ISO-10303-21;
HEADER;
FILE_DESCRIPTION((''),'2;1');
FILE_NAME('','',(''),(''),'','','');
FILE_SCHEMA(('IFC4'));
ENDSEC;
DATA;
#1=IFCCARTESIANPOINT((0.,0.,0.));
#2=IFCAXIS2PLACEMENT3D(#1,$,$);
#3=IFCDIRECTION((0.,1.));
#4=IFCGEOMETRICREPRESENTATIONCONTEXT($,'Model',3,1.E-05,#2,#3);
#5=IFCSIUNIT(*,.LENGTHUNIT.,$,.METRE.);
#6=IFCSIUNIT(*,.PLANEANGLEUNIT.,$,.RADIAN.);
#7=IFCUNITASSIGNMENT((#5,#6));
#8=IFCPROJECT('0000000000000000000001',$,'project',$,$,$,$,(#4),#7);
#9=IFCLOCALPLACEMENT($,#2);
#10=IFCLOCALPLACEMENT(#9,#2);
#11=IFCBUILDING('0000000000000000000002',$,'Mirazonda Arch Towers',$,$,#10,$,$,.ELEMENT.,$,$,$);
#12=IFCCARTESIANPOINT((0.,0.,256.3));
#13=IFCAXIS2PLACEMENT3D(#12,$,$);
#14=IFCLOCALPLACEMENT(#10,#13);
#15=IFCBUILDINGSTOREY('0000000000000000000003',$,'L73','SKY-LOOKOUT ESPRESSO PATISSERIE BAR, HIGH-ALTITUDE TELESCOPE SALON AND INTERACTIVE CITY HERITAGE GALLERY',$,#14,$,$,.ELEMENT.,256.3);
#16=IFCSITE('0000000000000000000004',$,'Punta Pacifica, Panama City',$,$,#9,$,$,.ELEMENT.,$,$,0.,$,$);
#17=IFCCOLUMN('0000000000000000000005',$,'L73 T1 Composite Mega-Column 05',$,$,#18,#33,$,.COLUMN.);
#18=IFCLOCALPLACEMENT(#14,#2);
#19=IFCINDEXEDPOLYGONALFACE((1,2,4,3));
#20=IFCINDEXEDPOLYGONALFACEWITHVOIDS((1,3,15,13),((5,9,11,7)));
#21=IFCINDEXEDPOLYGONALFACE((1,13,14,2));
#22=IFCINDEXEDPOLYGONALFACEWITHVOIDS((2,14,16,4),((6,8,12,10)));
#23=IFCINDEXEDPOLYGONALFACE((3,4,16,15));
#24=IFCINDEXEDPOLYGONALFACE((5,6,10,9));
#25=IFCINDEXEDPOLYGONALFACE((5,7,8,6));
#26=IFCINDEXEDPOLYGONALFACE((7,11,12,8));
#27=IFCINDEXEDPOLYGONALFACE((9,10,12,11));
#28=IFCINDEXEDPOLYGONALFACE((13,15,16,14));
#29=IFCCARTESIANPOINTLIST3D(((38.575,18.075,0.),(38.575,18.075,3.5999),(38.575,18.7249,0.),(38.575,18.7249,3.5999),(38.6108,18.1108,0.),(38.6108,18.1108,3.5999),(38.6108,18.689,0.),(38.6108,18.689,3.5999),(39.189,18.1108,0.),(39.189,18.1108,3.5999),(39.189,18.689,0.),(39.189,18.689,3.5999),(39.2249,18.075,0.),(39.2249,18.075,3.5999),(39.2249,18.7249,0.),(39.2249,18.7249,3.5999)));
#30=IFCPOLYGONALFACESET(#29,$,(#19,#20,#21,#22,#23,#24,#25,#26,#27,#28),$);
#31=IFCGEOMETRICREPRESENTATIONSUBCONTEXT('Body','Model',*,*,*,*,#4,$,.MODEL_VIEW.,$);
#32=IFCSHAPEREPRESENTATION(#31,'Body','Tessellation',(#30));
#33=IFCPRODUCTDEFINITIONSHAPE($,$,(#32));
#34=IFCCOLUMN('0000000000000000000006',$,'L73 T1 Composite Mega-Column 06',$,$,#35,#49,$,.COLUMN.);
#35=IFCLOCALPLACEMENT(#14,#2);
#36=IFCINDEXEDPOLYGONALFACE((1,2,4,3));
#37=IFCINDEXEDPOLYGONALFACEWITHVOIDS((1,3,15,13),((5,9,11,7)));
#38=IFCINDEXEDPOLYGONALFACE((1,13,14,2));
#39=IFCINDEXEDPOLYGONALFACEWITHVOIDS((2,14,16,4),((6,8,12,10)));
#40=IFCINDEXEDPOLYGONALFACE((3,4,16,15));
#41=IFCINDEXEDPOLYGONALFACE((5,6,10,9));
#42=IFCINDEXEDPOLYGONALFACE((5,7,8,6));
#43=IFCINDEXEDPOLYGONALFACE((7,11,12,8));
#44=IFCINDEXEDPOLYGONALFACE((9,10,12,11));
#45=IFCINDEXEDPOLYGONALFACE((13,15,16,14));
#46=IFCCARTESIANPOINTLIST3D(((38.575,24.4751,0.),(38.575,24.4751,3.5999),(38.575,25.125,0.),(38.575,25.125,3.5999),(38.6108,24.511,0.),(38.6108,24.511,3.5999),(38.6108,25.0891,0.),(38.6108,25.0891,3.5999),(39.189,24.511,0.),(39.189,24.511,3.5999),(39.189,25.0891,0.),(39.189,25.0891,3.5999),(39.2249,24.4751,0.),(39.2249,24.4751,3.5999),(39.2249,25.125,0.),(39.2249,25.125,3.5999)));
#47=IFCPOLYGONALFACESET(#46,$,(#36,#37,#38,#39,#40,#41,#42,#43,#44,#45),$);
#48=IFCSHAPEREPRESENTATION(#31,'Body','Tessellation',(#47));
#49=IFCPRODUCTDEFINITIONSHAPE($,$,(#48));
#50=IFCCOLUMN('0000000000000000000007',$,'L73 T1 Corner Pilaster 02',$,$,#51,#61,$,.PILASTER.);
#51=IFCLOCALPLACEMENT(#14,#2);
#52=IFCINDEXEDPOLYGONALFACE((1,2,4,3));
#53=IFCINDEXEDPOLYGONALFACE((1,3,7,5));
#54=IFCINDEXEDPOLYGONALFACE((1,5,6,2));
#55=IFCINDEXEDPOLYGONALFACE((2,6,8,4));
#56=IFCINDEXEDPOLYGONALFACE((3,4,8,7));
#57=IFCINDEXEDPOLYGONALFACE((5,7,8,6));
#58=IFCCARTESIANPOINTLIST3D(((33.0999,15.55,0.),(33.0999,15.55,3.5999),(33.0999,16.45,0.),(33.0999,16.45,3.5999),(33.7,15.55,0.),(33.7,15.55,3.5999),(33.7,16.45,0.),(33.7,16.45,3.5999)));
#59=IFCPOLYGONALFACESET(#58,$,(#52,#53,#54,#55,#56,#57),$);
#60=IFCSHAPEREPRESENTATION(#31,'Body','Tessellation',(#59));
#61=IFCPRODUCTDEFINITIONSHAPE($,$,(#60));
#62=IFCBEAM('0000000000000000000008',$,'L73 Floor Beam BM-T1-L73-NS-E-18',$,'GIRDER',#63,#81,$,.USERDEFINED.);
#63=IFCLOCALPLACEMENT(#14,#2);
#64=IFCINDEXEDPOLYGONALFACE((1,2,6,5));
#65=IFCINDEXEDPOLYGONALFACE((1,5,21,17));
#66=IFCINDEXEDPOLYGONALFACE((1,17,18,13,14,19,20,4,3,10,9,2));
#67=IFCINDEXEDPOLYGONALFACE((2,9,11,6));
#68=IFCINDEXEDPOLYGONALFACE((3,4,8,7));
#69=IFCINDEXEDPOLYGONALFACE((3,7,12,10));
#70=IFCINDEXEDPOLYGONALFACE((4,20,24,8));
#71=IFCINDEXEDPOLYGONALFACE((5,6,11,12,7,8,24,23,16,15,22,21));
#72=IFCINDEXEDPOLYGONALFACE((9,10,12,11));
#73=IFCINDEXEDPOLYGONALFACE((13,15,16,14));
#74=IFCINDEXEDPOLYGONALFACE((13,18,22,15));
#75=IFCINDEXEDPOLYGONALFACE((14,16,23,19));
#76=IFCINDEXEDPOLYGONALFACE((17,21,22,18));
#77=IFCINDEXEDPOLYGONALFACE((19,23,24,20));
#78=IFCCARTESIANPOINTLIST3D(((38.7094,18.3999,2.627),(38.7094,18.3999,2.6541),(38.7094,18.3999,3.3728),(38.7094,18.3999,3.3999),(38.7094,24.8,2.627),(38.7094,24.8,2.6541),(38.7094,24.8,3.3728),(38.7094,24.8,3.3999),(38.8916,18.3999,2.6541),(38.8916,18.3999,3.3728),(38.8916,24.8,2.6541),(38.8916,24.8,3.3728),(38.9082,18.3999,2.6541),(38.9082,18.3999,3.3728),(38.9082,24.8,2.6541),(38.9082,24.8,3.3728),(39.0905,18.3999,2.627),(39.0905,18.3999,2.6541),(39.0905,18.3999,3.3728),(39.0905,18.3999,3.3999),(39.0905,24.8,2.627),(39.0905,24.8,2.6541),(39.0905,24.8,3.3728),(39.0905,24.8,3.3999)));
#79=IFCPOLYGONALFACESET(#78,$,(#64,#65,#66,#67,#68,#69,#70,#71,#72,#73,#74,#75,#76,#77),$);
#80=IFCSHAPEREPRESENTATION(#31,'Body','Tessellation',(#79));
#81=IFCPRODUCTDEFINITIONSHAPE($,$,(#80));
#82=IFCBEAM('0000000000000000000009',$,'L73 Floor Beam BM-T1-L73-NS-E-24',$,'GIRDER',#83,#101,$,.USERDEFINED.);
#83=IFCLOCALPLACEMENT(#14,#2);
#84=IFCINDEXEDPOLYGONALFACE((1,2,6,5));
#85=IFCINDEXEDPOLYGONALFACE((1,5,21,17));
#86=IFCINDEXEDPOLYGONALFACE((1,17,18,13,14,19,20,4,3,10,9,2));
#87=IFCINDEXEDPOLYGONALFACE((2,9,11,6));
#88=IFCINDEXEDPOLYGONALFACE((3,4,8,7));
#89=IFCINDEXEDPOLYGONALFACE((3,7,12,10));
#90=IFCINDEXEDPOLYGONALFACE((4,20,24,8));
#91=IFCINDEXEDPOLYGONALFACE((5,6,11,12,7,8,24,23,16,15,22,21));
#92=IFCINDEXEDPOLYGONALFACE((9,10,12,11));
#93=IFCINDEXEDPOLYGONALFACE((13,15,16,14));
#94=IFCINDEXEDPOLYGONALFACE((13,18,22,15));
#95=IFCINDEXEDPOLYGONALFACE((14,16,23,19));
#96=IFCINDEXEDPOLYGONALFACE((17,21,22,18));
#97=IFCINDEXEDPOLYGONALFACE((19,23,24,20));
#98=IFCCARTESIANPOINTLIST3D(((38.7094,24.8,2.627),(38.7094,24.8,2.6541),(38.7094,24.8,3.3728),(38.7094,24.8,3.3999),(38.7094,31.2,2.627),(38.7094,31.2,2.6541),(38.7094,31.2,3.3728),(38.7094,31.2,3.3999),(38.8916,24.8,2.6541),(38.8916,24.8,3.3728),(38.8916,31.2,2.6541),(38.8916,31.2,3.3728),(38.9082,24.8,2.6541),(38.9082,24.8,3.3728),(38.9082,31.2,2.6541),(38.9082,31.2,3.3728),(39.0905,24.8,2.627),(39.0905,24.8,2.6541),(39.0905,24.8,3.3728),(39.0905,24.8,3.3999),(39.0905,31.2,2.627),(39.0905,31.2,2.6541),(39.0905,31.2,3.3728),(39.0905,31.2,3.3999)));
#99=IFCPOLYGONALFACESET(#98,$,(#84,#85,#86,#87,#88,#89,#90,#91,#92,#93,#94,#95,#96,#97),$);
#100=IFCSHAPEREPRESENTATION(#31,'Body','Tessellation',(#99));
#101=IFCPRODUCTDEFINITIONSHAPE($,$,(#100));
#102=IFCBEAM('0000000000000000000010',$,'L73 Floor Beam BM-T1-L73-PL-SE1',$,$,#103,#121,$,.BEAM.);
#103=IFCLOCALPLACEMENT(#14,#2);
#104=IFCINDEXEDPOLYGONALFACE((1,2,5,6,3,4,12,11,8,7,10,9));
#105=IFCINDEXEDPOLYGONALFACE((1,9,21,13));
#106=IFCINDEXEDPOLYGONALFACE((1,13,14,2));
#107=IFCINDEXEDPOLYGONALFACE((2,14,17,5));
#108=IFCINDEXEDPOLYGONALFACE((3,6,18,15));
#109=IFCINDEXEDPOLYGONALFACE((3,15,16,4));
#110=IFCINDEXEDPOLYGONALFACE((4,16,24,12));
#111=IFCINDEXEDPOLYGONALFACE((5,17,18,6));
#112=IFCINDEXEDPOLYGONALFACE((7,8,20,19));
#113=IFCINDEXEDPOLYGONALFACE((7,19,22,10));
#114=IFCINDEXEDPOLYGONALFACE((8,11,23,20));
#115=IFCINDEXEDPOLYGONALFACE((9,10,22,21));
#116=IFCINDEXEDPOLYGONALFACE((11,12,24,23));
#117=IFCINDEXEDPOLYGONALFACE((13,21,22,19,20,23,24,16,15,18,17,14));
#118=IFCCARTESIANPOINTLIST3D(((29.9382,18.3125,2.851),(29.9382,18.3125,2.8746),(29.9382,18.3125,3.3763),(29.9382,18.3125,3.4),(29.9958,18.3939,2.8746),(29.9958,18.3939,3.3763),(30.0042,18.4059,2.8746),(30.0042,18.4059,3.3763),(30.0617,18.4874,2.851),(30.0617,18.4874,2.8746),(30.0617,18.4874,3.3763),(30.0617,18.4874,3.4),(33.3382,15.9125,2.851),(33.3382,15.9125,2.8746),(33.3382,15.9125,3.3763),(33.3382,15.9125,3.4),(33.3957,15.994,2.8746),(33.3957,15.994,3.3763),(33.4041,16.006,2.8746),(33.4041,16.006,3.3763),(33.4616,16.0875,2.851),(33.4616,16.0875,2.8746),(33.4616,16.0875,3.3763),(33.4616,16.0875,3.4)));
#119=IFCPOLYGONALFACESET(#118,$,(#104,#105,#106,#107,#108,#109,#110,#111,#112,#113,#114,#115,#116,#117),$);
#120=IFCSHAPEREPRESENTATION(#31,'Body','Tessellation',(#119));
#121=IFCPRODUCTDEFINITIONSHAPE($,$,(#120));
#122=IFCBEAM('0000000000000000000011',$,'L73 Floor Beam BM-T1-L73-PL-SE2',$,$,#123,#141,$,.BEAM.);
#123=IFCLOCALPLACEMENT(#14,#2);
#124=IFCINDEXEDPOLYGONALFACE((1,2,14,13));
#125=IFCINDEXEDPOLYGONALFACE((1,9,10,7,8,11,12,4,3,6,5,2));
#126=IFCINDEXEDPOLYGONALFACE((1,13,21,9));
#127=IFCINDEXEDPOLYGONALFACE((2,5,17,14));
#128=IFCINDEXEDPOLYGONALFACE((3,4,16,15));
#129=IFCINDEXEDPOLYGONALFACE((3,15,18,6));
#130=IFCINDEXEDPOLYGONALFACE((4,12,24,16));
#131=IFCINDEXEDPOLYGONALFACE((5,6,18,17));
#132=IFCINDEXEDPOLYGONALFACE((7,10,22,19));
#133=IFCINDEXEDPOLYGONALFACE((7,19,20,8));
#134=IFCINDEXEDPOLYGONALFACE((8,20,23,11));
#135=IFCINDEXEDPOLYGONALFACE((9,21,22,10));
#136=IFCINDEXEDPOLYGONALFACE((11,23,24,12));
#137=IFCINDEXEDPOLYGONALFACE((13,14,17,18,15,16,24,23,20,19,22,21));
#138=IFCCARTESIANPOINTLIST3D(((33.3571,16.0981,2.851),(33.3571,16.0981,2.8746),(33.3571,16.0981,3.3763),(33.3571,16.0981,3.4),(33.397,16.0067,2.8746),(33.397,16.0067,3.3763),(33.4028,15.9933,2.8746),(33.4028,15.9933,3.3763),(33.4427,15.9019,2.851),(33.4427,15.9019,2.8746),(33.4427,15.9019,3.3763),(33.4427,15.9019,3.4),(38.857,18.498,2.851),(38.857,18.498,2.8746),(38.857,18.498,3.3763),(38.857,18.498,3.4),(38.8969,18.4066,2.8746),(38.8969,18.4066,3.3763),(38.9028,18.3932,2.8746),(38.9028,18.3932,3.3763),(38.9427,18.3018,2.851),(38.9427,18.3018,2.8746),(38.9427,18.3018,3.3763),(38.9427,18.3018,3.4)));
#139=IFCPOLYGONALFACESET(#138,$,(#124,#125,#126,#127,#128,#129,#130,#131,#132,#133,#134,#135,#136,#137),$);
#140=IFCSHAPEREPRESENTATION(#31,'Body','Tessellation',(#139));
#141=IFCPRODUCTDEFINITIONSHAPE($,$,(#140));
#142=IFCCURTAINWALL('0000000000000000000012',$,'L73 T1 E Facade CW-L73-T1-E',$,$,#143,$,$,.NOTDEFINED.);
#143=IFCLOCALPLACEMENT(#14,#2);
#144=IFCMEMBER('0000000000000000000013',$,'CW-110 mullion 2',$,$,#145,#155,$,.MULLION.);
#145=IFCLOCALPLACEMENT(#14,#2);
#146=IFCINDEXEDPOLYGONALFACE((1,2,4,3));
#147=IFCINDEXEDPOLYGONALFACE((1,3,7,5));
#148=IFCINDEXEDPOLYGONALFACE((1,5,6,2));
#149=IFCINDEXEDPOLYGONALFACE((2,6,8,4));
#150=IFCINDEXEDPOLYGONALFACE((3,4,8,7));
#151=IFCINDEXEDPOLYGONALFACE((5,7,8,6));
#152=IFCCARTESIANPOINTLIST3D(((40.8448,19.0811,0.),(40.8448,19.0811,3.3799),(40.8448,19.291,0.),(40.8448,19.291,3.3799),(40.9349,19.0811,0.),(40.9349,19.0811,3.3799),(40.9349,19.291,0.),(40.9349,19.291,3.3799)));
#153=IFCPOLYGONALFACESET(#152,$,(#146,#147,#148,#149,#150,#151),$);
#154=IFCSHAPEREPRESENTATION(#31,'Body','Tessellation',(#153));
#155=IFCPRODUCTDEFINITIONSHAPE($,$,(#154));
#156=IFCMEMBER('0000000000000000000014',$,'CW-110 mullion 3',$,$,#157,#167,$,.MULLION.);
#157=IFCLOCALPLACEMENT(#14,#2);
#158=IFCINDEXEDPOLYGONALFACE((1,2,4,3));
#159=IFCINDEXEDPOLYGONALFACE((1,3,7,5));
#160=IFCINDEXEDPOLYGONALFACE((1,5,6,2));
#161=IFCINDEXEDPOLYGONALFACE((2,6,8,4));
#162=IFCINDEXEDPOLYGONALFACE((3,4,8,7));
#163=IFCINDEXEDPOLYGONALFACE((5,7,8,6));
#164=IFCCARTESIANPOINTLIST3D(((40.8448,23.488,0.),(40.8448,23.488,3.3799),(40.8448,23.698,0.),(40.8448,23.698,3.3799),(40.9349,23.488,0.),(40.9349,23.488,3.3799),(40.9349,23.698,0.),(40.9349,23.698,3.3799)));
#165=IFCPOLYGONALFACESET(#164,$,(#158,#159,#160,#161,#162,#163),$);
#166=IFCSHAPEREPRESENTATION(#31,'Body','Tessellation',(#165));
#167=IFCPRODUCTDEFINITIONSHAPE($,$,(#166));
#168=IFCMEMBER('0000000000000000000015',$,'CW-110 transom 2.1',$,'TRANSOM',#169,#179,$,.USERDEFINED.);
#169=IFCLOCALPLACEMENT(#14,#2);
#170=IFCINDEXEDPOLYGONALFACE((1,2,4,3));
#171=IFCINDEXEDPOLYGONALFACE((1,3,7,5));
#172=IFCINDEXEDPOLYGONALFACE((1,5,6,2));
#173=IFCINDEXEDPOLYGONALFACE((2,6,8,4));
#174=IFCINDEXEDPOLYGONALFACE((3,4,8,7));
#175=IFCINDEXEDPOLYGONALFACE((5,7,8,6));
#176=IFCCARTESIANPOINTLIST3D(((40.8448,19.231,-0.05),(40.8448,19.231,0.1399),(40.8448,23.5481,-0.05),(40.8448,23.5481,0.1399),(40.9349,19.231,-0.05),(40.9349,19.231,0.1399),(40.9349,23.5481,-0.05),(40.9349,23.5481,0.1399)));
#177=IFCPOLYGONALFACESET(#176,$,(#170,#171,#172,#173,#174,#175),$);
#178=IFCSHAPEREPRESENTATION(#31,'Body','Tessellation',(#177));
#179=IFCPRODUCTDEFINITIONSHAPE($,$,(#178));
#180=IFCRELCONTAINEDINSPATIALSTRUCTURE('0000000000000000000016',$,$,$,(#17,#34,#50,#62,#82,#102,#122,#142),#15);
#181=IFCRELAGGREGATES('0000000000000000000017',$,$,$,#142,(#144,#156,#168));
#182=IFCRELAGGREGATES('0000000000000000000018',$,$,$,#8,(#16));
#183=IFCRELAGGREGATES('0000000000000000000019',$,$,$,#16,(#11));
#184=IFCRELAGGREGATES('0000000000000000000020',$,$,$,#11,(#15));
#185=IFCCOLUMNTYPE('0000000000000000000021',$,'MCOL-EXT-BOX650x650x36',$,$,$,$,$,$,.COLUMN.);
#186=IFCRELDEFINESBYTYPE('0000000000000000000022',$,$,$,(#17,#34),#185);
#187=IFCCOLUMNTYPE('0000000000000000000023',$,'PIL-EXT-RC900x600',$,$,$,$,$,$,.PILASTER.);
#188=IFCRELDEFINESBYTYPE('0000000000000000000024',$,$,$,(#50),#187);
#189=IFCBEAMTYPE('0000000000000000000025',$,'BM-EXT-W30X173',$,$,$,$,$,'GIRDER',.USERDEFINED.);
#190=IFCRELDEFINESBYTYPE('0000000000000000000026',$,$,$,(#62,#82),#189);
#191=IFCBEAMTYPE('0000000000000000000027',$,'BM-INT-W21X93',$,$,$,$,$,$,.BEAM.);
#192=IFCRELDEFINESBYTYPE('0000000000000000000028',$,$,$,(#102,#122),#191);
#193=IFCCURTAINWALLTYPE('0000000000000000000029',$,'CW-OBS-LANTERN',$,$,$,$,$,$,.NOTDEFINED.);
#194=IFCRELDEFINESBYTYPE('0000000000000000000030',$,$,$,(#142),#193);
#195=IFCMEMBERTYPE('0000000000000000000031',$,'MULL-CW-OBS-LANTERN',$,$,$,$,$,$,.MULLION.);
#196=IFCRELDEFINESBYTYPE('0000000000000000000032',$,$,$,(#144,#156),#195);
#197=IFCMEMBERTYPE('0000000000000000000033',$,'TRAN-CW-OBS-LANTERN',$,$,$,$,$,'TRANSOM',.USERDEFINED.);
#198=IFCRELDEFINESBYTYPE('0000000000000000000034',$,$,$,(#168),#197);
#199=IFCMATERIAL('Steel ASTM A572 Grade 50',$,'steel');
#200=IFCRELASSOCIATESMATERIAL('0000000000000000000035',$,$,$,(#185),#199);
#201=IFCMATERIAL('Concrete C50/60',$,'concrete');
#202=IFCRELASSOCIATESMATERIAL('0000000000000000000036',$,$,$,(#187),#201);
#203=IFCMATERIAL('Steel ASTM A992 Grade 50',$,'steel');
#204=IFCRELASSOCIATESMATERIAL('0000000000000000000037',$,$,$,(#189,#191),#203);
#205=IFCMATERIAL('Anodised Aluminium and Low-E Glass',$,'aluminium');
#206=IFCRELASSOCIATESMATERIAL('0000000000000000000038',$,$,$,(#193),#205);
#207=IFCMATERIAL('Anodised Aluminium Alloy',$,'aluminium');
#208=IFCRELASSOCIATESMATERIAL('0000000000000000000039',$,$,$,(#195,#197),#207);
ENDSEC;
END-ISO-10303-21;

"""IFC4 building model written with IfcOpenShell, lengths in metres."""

from ifc_helpers import new_model, si_unit, direction, frame, origin, origin_2d, place, context, subcontext, project, spatial, rectangle, hollow_rectangle, i_section, extrude, material, material_profile, profile_set, type_object, element, aggregate, save


model = new_model("IFC4")

# Units and contexts
model_context = context("Model", 3, precision=1e-05, world=origin(), true_north=direction((0.0, 1.0)))
body_context = subcontext(model_context, "Body", "Model", "MODEL_VIEW")
ifc_project = project(units=[si_unit("LENGTHUNIT", "METRE"), si_unit("PLANEANGLEUNIT", "RADIAN")], contexts=[model_context])

# Site, building, storey
site_placement = place(None, origin())
site = spatial("IfcSite", under=ifc_project, at=site_placement, Name="Punta Pacifica, Panama City", CompositionType="ELEMENT", RefElevation=0.0)
building_placement = place(site_placement, origin())
building = spatial("IfcBuilding", under=site, at=building_placement, Name="Mirazonda Arch Towers", CompositionType="ELEMENT")
storey_placement = place(building_placement, frame((0.0, 0.0, 256.3)))
storey = spatial("IfcBuildingStorey", under=building, at=storey_placement, Name="L73", Description="SKY-LOOKOUT ESPRESSO PATISSERIE BAR, HIGH-ALTITUDE TELESCOPE SALON AND INTERACTIVE CITY HERITAGE GALLERY", CompositionType="ELEMENT", Elevation=256.3)

# Columns
ifc_material_1 = material(Name="Steel ASTM A572 Grade 50", Category="steel")
ifc_material_profile_1 = material_profile(ifc_material_1, hollow_rectangle(XDim=0.6499, YDim=0.6499, WallThickness=0.0359, at=origin_2d()), Name="BOX650x650x36")
ifc_profile_set_1 = profile_set([ifc_material_profile_1], Name="Steel ASTM A572 Grade 50")
column_type_1 = type_object("IfcColumnType", Name="MCOL-EXT-BOX650x650x36", PredefinedType="COLUMN", material=ifc_profile_set_1)
for number, where, z_axis, x_axis, name in (
    (1, (38.8999, 18.3999, 0.0), (0.0, 0.0, 1.0), (1.0, 0.0, 0.0), "L73 T1 Composite Mega-Column 05"),
    (2, (38.8999, 24.8, 0.0), (0.0, 0.0, 1.0), (1.0, 0.0, 0.0), "L73 T1 Composite Mega-Column 06"),
):
    element("IfcColumn", number, at=place(storey_placement, frame(where, z_axis=z_axis, x_axis=x_axis)), inside=storey, type_object=column_type_1, Name=name, PredefinedType="COLUMN", context=body_context, shape_type="SweptSolid", body=[
        extrude(hollow_rectangle(XDim=0.6499, YDim=0.6499, WallThickness=0.0359, at=origin_2d()), origin(), (0.0, 0.0, 1.0), 3.5999),
    ])
ifc_material_2 = material(Name="Concrete C50/60", Category="concrete")
ifc_material_profile_2 = material_profile(ifc_material_2, rectangle(XDim=0.6001, YDim=0.8999, at=origin_2d()), Name="RC900x600")
ifc_profile_set_2 = profile_set([ifc_material_profile_2], Name="Concrete C50/60")
column_type_2 = type_object("IfcColumnType", Name="PIL-EXT-RC900x600", PredefinedType="PILASTER", material=ifc_profile_set_2)
column_placement = place(storey_placement, frame((33.3999, 16.0, 0.0), z_axis=(0.0, 0.0, 1.0), x_axis=(1.0, 0.0, 0.0)))
element("IfcColumn", 3, at=column_placement, inside=storey, type_object=column_type_2, Name="L73 T1 Corner Pilaster 02", PredefinedType="PILASTER", context=body_context, shape_type="SweptSolid", body=[
    extrude(rectangle(XDim=0.6001, YDim=0.8999, at=origin_2d()), origin(), (0.0, 0.0, 1.0), 3.5999),
])

# Beams
ifc_material_3 = material(Name="Steel ASTM A992 Grade 50", Category="steel")
ifc_material_profile_3 = material_profile(ifc_material_3, i_section(OverallWidth=0.3811, OverallDepth=0.7729, WebThickness=0.0166, FlangeThickness=0.0271, at=origin_2d()), Name="W30X173")
ifc_profile_set_3 = profile_set([ifc_material_profile_3], Name="Steel ASTM A992 Grade 50")
beam_type_1 = type_object("IfcBeamType", Name="BM-EXT-W30X173", ElementType="GIRDER", PredefinedType="USERDEFINED", material=ifc_profile_set_3)
beam_1_placement = place(storey_placement, frame((38.8999, 18.3999, 3.0134), z_axis=(0.0, 1.0, 0.0), x_axis=(-1.0, 0.0, 0.0)))
element("IfcBeam", 4, at=beam_1_placement, inside=storey, type_object=beam_type_1, Name="L73 Floor Beam BM-T1-L73-NS-E-18", ObjectType="GIRDER", PredefinedType="USERDEFINED", context=body_context, shape_type="SweptSolid", body=[
    extrude(i_section(OverallWidth=0.3811, OverallDepth=0.7729, WebThickness=0.0166, FlangeThickness=0.0271, at=origin_2d()), origin(), (0.0, 0.0, 1.0), 6.4001),
])
beam_2_placement = place(storey_placement, frame((38.8999, 24.8, 3.0134), z_axis=(0.0, 1.0, 0.0), x_axis=(-1.0, 0.0, 0.0)))
element("IfcBeam", 5, at=beam_2_placement, inside=storey, type_object=beam_type_1, Name="L73 Floor Beam BM-T1-L73-NS-E-24", ObjectType="GIRDER", PredefinedType="USERDEFINED", context=body_context, shape_type="SweptSolid", body=[
    extrude(i_section(OverallWidth=0.3811, OverallDepth=0.7729, WebThickness=0.0166, FlangeThickness=0.0271, at=origin_2d()), origin(), (0.0, 0.0, 1.0), 6.3999),
])
ifc_material_profile_4 = material_profile(ifc_material_3, i_section(OverallWidth=0.2141, OverallDepth=0.5491, WebThickness=0.0146, FlangeThickness=0.0237, at=origin_2d()), Name="W21X93")
ifc_profile_set_4 = profile_set([ifc_material_profile_4], Name="Steel ASTM A992 Grade 50")
beam_type_2 = type_object("IfcBeamType", Name="BM-INT-W21X93", PredefinedType="BEAM", material=ifc_profile_set_4)
beam_3_placement = place(storey_placement, frame((33.3999, 16.0, 3.1255), z_axis=(-0.816971, 0.576679, 0.0), x_axis=(-0.576679, -0.816971, 0.0)))
element("IfcBeam", 6, at=beam_3_placement, inside=storey, type_object=beam_type_2, Name="L73 Floor Beam BM-T1-L73-PL-SE1", PredefinedType="BEAM", context=body_context, shape_type="SweptSolid", body=[
    extrude(i_section(OverallWidth=0.2141, OverallDepth=0.5491, WebThickness=0.0146, FlangeThickness=0.0237, at=origin_2d()), origin(), (0.0, 0.0, 1.0), 4.1616),
])
beam_4_placement = place(storey_placement, frame((33.3999, 16.0, 3.1255), z_axis=(0.916545, 0.399931, 0.0), x_axis=(-0.399931, 0.916545, 0.0)))
element("IfcBeam", 7, at=beam_4_placement, inside=storey, type_object=beam_type_2, Name="L73 Floor Beam BM-T1-L73-PL-SE2", PredefinedType="BEAM", context=body_context, shape_type="SweptSolid", body=[
    extrude(i_section(OverallWidth=0.2141, OverallDepth=0.5491, WebThickness=0.0146, FlangeThickness=0.0237, at=origin_2d()), origin(), (0.0, 0.0, 1.0), 6.0007),
])

# Curtain wall, members
ifc_material_4 = material(Name="Anodised Aluminium and Low-E Glass", Category="aluminium")
curtain_wall_type = type_object("IfcCurtainWallType", Name="CW-OBS-LANTERN", PredefinedType="NOTDEFINED", material=ifc_material_4)
curtain_wall_placement = place(storey_placement, origin())
curtain_wall = element("IfcCurtainWall", 8, at=curtain_wall_placement, inside=storey, type_object=curtain_wall_type, Name="L73 T1 E Facade CW-L73-T1-E", PredefinedType="NOTDEFINED")
ifc_material_5 = material(Name="Anodised Aluminium Alloy", Category="aluminium")
ifc_material_profile_5 = material_profile(ifc_material_5, rectangle(XDim=0.0901, YDim=0.21, at=origin_2d()), Name="ALU-MULL-90x210")
ifc_profile_set_5 = profile_set([ifc_material_profile_5], Name="Anodised Aluminium Alloy")
member_type_1 = type_object("IfcMemberType", Name="MULL-CW-OBS-LANTERN", PredefinedType="MULLION", material=ifc_profile_set_5)
member_1_placement = place(storey_placement, frame((40.8899, 19.186, 0.0), z_axis=(0.0, 0.0, 1.0), x_axis=(-1.0, 0.0, 0.0)))
member_1 = element("IfcMember", 9, at=member_1_placement, type_object=member_type_1, Name="CW-110 mullion 2", PredefinedType="MULLION", context=body_context, shape_type="SweptSolid", body=[
    extrude(rectangle(XDim=0.0901, YDim=0.21, at=origin_2d()), origin(), (0.0, 0.0, 1.0), 3.3799),
])
member_2_placement = place(storey_placement, frame((40.8899, 23.593, 0.0), z_axis=(0.0, 0.0, 1.0), x_axis=(-1.0, 0.0, 0.0)))
member_2 = element("IfcMember", 10, at=member_2_placement, type_object=member_type_1, Name="CW-110 mullion 3", PredefinedType="MULLION", context=body_context, shape_type="SweptSolid", body=[
    extrude(rectangle(XDim=0.0901, YDim=0.21, at=origin_2d()), origin(), (0.0, 0.0, 1.0), 3.3799),
])
ifc_material_profile_6 = material_profile(ifc_material_5, rectangle(XDim=0.0901, YDim=0.1899, at=origin_2d()), Name="ALU-TRAN-90x190")
ifc_profile_set_6 = profile_set([ifc_material_profile_6], Name="Anodised Aluminium Alloy")
member_type_2 = type_object("IfcMemberType", Name="TRAN-CW-OBS-LANTERN", ElementType="TRANSOM", PredefinedType="USERDEFINED", material=ifc_profile_set_6)
member_3_placement = place(storey_placement, frame((40.8899, 19.231, 0.0449), z_axis=(0.0, 1.0, 0.0), x_axis=(-1.0, 0.0, 0.0)))
member_3 = element("IfcMember", 11, at=member_3_placement, type_object=member_type_2, Name="CW-110 transom 2.1", ObjectType="TRANSOM", PredefinedType="USERDEFINED", context=body_context, shape_type="SweptSolid", body=[
    extrude(rectangle(XDim=0.0901, YDim=0.1899, at=origin_2d()), origin(), (0.0, 0.0, 1.0), 4.3171),
])
aggregate(curtain_wall, [member_1, member_2, member_3])

save(model, "model.ifc")
